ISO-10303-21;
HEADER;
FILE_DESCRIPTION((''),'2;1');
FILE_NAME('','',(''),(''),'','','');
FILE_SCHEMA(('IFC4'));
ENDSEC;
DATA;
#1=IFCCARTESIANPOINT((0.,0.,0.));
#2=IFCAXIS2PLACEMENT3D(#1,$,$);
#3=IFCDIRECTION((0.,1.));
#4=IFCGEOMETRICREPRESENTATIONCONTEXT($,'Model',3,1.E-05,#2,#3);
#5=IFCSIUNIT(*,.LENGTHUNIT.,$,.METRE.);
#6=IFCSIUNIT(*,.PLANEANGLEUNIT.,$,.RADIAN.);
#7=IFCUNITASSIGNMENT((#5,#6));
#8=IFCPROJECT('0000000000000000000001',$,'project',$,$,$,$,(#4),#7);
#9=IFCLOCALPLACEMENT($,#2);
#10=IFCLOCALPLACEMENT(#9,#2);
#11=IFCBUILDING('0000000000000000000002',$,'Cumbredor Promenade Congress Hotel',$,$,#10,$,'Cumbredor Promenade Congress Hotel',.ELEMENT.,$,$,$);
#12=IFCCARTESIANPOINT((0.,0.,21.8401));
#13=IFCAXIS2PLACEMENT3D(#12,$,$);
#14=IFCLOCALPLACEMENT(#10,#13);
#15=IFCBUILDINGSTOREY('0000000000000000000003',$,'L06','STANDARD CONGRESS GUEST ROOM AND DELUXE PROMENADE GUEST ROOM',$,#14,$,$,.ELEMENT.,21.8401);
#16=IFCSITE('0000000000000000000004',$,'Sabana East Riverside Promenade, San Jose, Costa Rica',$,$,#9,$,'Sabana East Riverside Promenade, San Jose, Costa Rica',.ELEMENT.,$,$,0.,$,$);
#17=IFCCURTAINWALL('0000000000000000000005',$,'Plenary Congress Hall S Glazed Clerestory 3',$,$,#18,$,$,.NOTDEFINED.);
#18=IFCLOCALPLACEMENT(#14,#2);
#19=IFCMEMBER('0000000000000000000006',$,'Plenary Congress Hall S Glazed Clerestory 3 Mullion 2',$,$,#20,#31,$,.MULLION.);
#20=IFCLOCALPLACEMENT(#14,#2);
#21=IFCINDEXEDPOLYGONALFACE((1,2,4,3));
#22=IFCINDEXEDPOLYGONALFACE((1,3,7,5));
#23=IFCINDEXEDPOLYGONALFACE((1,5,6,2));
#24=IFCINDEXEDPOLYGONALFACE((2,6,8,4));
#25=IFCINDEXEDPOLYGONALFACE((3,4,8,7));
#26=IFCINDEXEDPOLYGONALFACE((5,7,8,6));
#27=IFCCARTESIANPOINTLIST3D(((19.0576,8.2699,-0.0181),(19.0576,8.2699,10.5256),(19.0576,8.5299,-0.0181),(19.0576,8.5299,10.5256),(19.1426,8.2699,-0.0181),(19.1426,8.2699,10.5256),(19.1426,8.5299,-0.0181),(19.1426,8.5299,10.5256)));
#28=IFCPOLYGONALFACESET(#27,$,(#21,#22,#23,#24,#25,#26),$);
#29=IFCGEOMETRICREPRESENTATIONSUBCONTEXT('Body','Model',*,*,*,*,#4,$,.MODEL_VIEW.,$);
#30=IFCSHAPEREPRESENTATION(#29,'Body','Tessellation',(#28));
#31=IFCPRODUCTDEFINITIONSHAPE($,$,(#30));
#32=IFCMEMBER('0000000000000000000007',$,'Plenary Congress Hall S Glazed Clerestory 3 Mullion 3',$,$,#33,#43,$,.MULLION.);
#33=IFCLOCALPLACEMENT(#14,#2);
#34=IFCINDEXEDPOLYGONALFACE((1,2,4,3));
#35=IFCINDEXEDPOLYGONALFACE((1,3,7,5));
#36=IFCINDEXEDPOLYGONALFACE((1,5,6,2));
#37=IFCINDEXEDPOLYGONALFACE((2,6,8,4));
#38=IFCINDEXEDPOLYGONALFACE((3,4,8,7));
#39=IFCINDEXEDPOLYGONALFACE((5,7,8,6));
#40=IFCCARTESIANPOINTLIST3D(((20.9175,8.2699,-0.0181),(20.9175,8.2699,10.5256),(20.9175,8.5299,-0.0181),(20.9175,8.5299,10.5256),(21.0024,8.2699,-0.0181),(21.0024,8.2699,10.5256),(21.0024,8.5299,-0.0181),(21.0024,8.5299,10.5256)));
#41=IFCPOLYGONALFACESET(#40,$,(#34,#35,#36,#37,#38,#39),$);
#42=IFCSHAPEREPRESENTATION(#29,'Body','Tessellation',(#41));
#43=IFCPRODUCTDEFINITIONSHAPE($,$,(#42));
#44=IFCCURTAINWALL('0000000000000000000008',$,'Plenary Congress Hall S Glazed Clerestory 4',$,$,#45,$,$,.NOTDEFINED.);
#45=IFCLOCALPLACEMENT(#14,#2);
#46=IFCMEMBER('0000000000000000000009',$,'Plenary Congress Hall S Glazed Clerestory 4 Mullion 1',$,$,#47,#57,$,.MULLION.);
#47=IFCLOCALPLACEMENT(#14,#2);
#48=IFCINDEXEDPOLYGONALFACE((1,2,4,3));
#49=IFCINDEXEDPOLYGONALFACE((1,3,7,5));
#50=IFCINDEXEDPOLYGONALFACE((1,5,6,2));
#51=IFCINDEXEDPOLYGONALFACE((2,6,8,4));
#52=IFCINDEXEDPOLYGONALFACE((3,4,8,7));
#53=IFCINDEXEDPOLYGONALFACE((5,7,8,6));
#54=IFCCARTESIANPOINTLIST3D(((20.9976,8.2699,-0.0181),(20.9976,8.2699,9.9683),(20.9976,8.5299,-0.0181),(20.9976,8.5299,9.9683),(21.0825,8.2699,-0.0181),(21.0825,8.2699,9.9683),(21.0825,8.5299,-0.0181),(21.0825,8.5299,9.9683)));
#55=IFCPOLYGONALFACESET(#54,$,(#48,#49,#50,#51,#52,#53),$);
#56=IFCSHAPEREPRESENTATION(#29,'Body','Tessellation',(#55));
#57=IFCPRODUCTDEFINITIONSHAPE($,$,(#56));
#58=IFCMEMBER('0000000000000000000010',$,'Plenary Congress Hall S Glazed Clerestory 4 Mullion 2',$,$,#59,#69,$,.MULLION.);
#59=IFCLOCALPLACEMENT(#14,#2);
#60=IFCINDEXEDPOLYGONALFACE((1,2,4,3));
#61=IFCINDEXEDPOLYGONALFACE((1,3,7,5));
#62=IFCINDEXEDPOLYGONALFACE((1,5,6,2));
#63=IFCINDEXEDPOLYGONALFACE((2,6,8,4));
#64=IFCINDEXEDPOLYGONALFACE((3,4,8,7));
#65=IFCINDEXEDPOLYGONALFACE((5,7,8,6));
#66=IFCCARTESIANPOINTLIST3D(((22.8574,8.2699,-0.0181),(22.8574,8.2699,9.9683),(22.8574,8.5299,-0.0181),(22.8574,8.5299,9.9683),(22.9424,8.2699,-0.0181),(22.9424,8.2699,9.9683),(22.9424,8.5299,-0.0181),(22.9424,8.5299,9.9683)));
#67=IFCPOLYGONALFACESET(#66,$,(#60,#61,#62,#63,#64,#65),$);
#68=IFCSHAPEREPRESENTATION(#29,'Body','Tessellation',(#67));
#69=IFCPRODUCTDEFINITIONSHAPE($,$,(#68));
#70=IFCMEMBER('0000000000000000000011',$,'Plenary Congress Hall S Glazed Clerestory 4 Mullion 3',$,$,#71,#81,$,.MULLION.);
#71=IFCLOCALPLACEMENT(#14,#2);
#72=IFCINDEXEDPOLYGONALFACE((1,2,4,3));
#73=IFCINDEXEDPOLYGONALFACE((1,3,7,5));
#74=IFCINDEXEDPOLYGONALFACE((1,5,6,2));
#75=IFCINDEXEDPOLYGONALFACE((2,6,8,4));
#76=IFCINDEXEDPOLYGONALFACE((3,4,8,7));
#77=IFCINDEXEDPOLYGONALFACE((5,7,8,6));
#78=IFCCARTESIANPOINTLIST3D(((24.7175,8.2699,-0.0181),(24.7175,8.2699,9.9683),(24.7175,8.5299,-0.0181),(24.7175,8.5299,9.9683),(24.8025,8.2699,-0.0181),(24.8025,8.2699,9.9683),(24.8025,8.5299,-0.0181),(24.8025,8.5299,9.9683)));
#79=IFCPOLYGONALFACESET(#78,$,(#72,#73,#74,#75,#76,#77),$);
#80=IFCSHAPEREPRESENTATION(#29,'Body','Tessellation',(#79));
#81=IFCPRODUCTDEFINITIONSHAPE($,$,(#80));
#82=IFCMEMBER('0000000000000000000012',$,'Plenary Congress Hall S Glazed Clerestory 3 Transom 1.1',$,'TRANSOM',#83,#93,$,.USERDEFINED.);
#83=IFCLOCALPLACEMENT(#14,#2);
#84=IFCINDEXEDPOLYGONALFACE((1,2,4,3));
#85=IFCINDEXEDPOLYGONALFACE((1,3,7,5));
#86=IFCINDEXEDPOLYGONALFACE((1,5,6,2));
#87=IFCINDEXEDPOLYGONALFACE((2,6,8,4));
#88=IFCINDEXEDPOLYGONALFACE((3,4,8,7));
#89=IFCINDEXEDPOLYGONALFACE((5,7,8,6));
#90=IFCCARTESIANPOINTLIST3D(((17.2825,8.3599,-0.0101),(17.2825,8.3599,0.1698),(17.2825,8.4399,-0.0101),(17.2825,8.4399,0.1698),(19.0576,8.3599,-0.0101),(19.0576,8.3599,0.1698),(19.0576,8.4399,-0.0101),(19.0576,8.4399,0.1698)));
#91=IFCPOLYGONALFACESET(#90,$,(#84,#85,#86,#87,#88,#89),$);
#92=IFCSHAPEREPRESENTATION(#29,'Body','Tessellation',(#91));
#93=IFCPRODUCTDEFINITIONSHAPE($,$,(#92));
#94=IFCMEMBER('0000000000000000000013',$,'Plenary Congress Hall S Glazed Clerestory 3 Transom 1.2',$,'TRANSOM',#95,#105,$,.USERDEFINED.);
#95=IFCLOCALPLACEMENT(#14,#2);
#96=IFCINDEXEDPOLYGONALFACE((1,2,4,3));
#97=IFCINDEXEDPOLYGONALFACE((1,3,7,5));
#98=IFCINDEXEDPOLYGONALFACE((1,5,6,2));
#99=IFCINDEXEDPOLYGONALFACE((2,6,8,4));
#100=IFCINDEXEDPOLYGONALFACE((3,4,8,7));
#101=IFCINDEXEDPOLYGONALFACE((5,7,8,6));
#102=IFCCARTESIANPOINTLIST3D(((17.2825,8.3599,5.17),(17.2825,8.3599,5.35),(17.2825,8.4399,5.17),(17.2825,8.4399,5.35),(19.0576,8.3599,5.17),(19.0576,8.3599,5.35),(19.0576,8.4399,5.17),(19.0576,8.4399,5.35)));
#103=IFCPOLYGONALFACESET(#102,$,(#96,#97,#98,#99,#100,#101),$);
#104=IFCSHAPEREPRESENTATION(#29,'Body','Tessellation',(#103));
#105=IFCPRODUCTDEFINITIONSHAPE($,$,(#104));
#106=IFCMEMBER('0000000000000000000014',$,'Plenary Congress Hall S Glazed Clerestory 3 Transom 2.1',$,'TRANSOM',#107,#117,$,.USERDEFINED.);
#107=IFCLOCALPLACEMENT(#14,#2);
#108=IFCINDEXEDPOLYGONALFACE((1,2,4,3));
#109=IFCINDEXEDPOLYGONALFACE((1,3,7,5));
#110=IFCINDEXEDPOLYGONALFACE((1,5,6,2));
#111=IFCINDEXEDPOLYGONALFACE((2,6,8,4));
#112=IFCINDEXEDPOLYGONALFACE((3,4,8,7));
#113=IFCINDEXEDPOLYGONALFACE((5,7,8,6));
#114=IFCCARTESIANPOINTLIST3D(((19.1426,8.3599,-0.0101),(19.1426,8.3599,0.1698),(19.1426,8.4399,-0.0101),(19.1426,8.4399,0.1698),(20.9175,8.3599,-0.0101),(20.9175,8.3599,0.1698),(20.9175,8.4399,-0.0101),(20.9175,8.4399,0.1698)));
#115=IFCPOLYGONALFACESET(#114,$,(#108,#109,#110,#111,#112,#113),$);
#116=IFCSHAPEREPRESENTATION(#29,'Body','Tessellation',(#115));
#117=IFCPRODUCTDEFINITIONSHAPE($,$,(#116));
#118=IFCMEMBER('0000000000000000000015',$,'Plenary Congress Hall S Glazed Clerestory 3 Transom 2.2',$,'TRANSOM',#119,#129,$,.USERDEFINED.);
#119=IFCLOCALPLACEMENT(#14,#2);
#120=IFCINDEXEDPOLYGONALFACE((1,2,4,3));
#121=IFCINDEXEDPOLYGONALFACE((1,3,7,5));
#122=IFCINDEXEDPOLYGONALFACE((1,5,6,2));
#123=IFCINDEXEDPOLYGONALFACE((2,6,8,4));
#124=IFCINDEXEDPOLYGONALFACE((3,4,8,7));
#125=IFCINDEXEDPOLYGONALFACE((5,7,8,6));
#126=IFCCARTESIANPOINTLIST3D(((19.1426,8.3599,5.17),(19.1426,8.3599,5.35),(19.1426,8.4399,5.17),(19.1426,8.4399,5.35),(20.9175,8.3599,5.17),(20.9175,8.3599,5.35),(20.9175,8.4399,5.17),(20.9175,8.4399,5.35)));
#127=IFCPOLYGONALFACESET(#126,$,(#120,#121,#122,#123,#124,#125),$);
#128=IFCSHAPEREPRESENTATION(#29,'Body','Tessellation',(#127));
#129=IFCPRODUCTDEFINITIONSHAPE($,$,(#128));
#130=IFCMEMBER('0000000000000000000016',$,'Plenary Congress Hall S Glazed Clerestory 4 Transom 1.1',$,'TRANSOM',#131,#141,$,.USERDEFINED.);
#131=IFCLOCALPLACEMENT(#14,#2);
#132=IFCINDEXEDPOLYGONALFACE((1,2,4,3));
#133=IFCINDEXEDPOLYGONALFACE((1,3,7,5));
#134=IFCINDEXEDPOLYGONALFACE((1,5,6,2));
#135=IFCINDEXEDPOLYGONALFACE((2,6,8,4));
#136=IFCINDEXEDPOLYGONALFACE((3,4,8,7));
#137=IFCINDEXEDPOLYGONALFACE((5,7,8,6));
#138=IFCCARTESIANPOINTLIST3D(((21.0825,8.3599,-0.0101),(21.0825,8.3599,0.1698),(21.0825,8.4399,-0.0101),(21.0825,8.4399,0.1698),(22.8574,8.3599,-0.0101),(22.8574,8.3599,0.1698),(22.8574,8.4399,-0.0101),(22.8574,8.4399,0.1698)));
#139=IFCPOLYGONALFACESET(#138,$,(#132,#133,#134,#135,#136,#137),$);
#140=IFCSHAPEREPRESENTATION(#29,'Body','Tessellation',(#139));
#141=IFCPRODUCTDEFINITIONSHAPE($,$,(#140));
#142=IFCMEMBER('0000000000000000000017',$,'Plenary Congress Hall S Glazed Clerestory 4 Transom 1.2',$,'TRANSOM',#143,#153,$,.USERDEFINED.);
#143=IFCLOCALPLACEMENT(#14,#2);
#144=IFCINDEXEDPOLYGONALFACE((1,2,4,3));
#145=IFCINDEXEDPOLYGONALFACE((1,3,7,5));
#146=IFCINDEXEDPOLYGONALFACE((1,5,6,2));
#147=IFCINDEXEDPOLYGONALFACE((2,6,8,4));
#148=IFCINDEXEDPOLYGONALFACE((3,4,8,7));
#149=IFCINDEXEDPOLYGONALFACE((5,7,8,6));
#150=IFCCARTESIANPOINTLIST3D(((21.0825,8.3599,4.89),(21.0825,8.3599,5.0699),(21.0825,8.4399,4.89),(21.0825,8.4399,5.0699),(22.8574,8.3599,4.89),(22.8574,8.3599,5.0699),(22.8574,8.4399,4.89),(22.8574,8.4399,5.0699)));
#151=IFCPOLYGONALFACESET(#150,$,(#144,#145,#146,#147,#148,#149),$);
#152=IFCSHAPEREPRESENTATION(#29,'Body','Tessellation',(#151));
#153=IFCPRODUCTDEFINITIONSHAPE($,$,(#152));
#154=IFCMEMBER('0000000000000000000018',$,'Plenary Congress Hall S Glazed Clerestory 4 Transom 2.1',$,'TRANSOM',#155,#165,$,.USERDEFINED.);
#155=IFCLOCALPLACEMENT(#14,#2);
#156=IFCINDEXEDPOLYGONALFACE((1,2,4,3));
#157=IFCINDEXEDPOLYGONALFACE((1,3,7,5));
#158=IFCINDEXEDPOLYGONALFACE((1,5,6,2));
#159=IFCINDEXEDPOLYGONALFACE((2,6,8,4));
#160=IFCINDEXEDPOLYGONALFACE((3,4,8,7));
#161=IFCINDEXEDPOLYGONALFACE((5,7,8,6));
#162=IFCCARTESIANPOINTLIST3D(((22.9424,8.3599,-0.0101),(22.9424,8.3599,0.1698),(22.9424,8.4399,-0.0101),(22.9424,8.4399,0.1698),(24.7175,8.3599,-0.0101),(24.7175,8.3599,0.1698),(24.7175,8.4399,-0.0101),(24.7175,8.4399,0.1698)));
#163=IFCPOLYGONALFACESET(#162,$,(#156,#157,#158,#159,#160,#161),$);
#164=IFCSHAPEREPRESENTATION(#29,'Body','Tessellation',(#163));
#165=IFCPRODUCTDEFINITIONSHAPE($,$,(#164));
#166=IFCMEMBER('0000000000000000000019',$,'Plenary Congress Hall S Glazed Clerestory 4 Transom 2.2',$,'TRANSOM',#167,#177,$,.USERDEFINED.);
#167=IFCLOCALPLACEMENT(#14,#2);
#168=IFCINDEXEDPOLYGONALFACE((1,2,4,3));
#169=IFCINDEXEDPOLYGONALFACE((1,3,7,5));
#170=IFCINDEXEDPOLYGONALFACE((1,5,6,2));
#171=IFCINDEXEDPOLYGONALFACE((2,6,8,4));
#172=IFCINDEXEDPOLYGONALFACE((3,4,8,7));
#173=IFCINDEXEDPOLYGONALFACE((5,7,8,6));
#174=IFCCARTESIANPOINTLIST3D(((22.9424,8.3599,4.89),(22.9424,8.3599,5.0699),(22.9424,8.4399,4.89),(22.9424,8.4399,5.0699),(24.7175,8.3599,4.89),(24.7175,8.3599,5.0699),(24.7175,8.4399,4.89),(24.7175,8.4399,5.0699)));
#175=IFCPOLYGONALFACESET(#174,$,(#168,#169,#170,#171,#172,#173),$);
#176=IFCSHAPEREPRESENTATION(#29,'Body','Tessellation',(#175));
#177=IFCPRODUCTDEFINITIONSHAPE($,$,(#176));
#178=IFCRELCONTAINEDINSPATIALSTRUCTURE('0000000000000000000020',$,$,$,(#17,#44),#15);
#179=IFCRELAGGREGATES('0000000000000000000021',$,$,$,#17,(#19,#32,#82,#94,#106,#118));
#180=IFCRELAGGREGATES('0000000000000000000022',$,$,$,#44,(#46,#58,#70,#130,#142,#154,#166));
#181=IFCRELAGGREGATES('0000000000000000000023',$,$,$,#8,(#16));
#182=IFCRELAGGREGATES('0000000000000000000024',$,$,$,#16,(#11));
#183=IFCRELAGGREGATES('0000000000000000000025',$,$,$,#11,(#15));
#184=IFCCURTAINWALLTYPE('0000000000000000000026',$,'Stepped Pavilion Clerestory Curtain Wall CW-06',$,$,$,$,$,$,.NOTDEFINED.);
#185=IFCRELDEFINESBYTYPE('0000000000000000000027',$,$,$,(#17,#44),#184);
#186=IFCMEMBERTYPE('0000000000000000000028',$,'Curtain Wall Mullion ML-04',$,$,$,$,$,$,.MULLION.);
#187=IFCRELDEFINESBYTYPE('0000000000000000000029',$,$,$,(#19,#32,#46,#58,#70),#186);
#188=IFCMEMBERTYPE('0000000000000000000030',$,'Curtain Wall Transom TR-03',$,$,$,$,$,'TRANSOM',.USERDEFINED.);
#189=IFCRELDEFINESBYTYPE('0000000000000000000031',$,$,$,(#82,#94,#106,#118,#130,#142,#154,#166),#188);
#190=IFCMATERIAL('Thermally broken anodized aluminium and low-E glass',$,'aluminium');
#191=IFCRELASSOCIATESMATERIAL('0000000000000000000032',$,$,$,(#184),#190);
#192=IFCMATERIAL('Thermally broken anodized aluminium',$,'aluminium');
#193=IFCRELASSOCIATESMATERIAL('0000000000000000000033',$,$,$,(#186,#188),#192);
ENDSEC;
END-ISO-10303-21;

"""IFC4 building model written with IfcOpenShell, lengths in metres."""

from ifc_helpers import new_model, si_unit, direction, frame, origin, origin_2d, place, context, subcontext, project, spatial, rectangle, extrude, material, material_profile, profile_set, type_object, element, aggregate, save


model = new_model("IFC4")

# Units and contexts
model_context = context("Model", 3, precision=1e-05, world=origin(), true_north=direction((0.0, 1.0)))
body_context = subcontext(model_context, "Body", "Model", "MODEL_VIEW")
ifc_project = project(units=[si_unit("LENGTHUNIT", "METRE"), si_unit("PLANEANGLEUNIT", "RADIAN")], contexts=[model_context])

# Site, building, storey
site_placement = place(None, origin())
site = spatial("IfcSite", under=ifc_project, at=site_placement, Name="Sabana East Riverside Promenade, San Jose, Costa Rica", LongName="Sabana East Riverside Promenade, San Jose, Costa Rica", CompositionType="ELEMENT", RefElevation=0.0)
building_placement = place(site_placement, origin())
building = spatial("IfcBuilding", under=site, at=building_placement, Name="Cumbredor Promenade Congress Hotel", LongName="Cumbredor Promenade Congress Hotel", CompositionType="ELEMENT")
storey_placement = place(building_placement, frame((0.0, 0.0, 21.8401)))
storey = spatial("IfcBuildingStorey", under=building, at=storey_placement, Name="L06", Description="STANDARD CONGRESS GUEST ROOM AND DELUXE PROMENADE GUEST ROOM", CompositionType="ELEMENT", Elevation=21.8401)

# Curtain walls, members
ifc_material_1 = material(Name="Thermally broken anodized aluminium and low-E glass", Category="aluminium")
curtain_wall_type = type_object("IfcCurtainWallType", Name="Stepped Pavilion Clerestory Curtain Wall CW-06", PredefinedType="NOTDEFINED", material=ifc_material_1)
curtain_wall_1_placement = place(storey_placement, origin())
curtain_wall_1 = element("IfcCurtainWall", 1, at=curtain_wall_1_placement, inside=storey, type_object=curtain_wall_type, Name="Plenary Congress Hall S Glazed Clerestory 3", PredefinedType="NOTDEFINED")
ifc_material_2 = material(Name="Thermally broken anodized aluminium", Category="aluminium")
ifc_material_profile_1 = material_profile(ifc_material_2, rectangle(XDim=0.085, YDim=0.26, at=origin_2d()), Name="ALU MULLION CLERESTORY 85x260")
ifc_profile_set_1 = profile_set([ifc_material_profile_1], Name="Thermally broken anodized aluminium")
member_type_1 = type_object("IfcMemberType", Name="Curtain Wall Mullion ML-04", PredefinedType="MULLION", material=ifc_profile_set_1)
member_1_placement = place(storey_placement, frame((19.1001, 8.3999, -0.0181), z_axis=(0.0, 0.0, 1.0), x_axis=(1.0, 0.0, 0.0)))
member_1 = element("IfcMember", 2, at=member_1_placement, type_object=member_type_1, Name="Plenary Congress Hall S Glazed Clerestory 3 Mullion 2", PredefinedType="MULLION", context=body_context, shape_type="SweptSolid", body=[
    extrude(rectangle(XDim=0.085, YDim=0.26, at=origin_2d()), origin(), (0.0, 0.0, 1.0), 10.5437),
])
member_2_placement = place(storey_placement, frame((20.96, 8.3999, -0.0181), z_axis=(0.0, 0.0, 1.0), x_axis=(1.0, 0.0, 0.0)))
member_2 = element("IfcMember", 3, at=member_2_placement, type_object=member_type_1, Name="Plenary Congress Hall S Glazed Clerestory 3 Mullion 3", PredefinedType="MULLION", context=body_context, shape_type="SweptSolid", body=[
    extrude(rectangle(XDim=0.085, YDim=0.26, at=origin_2d()), origin(), (0.0, 0.0, 1.0), 10.5437),
])
curtain_wall_2_placement = place(storey_placement, origin())
curtain_wall_2 = element("IfcCurtainWall", 4, at=curtain_wall_2_placement, inside=storey, type_object=curtain_wall_type, Name="Plenary Congress Hall S Glazed Clerestory 4", PredefinedType="NOTDEFINED")
member_3_placement = place(storey_placement, frame((21.04, 8.3999, -0.0181), z_axis=(0.0, 0.0, 1.0), x_axis=(1.0, 0.0, 0.0)))
member_3 = element("IfcMember", 5, at=member_3_placement, type_object=member_type_1, Name="Plenary Congress Hall S Glazed Clerestory 4 Mullion 1", PredefinedType="MULLION", context=body_context, shape_type="SweptSolid", body=[
    extrude(rectangle(XDim=0.085, YDim=0.26, at=origin_2d()), origin(), (0.0, 0.0, 1.0), 9.9863),
])
member_4_placement = place(storey_placement, frame((22.8999, 8.3999, -0.0181), z_axis=(0.0, 0.0, 1.0), x_axis=(1.0, 0.0, 0.0)))
member_4 = element("IfcMember", 6, at=member_4_placement, type_object=member_type_1, Name="Plenary Congress Hall S Glazed Clerestory 4 Mullion 2", PredefinedType="MULLION", context=body_context, shape_type="SweptSolid", body=[
    extrude(rectangle(XDim=0.085, YDim=0.26, at=origin_2d()), origin(), (0.0, 0.0, 1.0), 9.9863),
])
member_5_placement = place(storey_placement, frame((24.76, 8.3999, -0.0181), z_axis=(0.0, 0.0, 1.0), x_axis=(1.0, 0.0, 0.0)))
member_5 = element("IfcMember", 7, at=member_5_placement, type_object=member_type_1, Name="Plenary Congress Hall S Glazed Clerestory 4 Mullion 3", PredefinedType="MULLION", context=body_context, shape_type="SweptSolid", body=[
    extrude(rectangle(XDim=0.085, YDim=0.26, at=origin_2d()), origin(), (0.0, 0.0, 1.0), 9.9863),
])

# Members
ifc_material_profile_2 = material_profile(ifc_material_2, rectangle(XDim=0.0801, YDim=0.1799, at=origin_2d()), Name="ALU TRANSOM 80x180")
ifc_profile_set_2 = profile_set([ifc_material_profile_2], Name="Thermally broken anodized aluminium")
member_type_2 = type_object("IfcMemberType", Name="Curtain Wall Transom TR-03", ElementType="TRANSOM", PredefinedType="USERDEFINED", material=ifc_profile_set_2)
member_6_placement = place(storey_placement, frame((17.2825, 8.3999, 0.0798), z_axis=(1.0, 0.0, 0.0), x_axis=(0.0, 1.0, 0.0)))
member_6 = element("IfcMember", 8, at=member_6_placement, type_object=member_type_2, Name="Plenary Congress Hall S Glazed Clerestory 3 Transom 1.1", ObjectType="TRANSOM", PredefinedType="USERDEFINED", context=body_context, shape_type="SweptSolid", body=[
    extrude(rectangle(XDim=0.0801, YDim=0.1799, at=origin_2d()), origin(), (0.0, 0.0, 1.0), 1.7751),
])
member_7_placement = place(storey_placement, frame((17.2825, 8.3999, 5.26), z_axis=(1.0, 0.0, 0.0), x_axis=(0.0, 1.0, 0.0)))
member_7 = element("IfcMember", 9, at=member_7_placement, type_object=member_type_2, Name="Plenary Congress Hall S Glazed Clerestory 3 Transom 1.2", ObjectType="TRANSOM", PredefinedType="USERDEFINED", context=body_context, shape_type="SweptSolid", body=[
    extrude(rectangle(XDim=0.0801, YDim=0.1799, at=origin_2d()), origin(), (0.0, 0.0, 1.0), 1.7751),
])
member_8_placement = place(storey_placement, frame((19.1426, 8.3999, 0.0798), z_axis=(1.0, 0.0, 0.0), x_axis=(0.0, 1.0, 0.0)))
member_8 = element("IfcMember", 10, at=member_8_placement, type_object=member_type_2, Name="Plenary Congress Hall S Glazed Clerestory 3 Transom 2.1", ObjectType="TRANSOM", PredefinedType="USERDEFINED", context=body_context, shape_type="SweptSolid", body=[
    extrude(rectangle(XDim=0.0801, YDim=0.1799, at=origin_2d()), origin(), (0.0, 0.0, 1.0), 1.7749),
])
member_9_placement = place(storey_placement, frame((19.1426, 8.3999, 5.26), z_axis=(1.0, 0.0, 0.0), x_axis=(0.0, 1.0, 0.0)))
member_9 = element("IfcMember", 11, at=member_9_placement, type_object=member_type_2, Name="Plenary Congress Hall S Glazed Clerestory 3 Transom 2.2", ObjectType="TRANSOM", PredefinedType="USERDEFINED", context=body_context, shape_type="SweptSolid", body=[
    extrude(rectangle(XDim=0.0801, YDim=0.1799, at=origin_2d()), origin(), (0.0, 0.0, 1.0), 1.7749),
])
member_10_placement = place(storey_placement, frame((21.0825, 8.3999, 0.0798), z_axis=(1.0, 0.0, 0.0), x_axis=(0.0, 1.0, 0.0)))
member_10 = element("IfcMember", 12, at=member_10_placement, type_object=member_type_2, Name="Plenary Congress Hall S Glazed Clerestory 4 Transom 1.1", ObjectType="TRANSOM", PredefinedType="USERDEFINED", context=body_context, shape_type="SweptSolid", body=[
    extrude(rectangle(XDim=0.0801, YDim=0.1799, at=origin_2d()), origin(), (0.0, 0.0, 1.0), 1.7749),
])
member_11_placement = place(storey_placement, frame((21.0825, 8.3999, 4.98), z_axis=(1.0, 0.0, 0.0), x_axis=(0.0, 1.0, 0.0)))
member_11 = element("IfcMember", 13, at=member_11_placement, type_object=member_type_2, Name="Plenary Congress Hall S Glazed Clerestory 4 Transom 1.2", ObjectType="TRANSOM", PredefinedType="USERDEFINED", context=body_context, shape_type="SweptSolid", body=[
    extrude(rectangle(XDim=0.0801, YDim=0.1799, at=origin_2d()), origin(), (0.0, 0.0, 1.0), 1.7749),
])
member_12_placement = place(storey_placement, frame((22.9424, 8.3999, 0.0798), z_axis=(1.0, 0.0, 0.0), x_axis=(0.0, 1.0, 0.0)))
member_12 = element("IfcMember", 14, at=member_12_placement, type_object=member_type_2, Name="Plenary Congress Hall S Glazed Clerestory 4 Transom 2.1", ObjectType="TRANSOM", PredefinedType="USERDEFINED", context=body_context, shape_type="SweptSolid", body=[
    extrude(rectangle(XDim=0.0801, YDim=0.1799, at=origin_2d()), origin(), (0.0, 0.0, 1.0), 1.7751),
])
member_13_placement = place(storey_placement, frame((22.9424, 8.3999, 4.98), z_axis=(1.0, 0.0, 0.0), x_axis=(0.0, 1.0, 0.0)))
member_13 = element("IfcMember", 15, at=member_13_placement, type_object=member_type_2, Name="Plenary Congress Hall S Glazed Clerestory 4 Transom 2.2", ObjectType="TRANSOM", PredefinedType="USERDEFINED", context=body_context, shape_type="SweptSolid", body=[
    extrude(rectangle(XDim=0.0801, YDim=0.1799, at=origin_2d()), origin(), (0.0, 0.0, 1.0), 1.7751),
])

aggregate(curtain_wall_1, [member_1, member_2, member_6, member_7, member_8, member_9])
aggregate(curtain_wall_2, [member_3, member_4, member_5, member_10, member_11, member_12, member_13])

save(model, "model.ifc")
